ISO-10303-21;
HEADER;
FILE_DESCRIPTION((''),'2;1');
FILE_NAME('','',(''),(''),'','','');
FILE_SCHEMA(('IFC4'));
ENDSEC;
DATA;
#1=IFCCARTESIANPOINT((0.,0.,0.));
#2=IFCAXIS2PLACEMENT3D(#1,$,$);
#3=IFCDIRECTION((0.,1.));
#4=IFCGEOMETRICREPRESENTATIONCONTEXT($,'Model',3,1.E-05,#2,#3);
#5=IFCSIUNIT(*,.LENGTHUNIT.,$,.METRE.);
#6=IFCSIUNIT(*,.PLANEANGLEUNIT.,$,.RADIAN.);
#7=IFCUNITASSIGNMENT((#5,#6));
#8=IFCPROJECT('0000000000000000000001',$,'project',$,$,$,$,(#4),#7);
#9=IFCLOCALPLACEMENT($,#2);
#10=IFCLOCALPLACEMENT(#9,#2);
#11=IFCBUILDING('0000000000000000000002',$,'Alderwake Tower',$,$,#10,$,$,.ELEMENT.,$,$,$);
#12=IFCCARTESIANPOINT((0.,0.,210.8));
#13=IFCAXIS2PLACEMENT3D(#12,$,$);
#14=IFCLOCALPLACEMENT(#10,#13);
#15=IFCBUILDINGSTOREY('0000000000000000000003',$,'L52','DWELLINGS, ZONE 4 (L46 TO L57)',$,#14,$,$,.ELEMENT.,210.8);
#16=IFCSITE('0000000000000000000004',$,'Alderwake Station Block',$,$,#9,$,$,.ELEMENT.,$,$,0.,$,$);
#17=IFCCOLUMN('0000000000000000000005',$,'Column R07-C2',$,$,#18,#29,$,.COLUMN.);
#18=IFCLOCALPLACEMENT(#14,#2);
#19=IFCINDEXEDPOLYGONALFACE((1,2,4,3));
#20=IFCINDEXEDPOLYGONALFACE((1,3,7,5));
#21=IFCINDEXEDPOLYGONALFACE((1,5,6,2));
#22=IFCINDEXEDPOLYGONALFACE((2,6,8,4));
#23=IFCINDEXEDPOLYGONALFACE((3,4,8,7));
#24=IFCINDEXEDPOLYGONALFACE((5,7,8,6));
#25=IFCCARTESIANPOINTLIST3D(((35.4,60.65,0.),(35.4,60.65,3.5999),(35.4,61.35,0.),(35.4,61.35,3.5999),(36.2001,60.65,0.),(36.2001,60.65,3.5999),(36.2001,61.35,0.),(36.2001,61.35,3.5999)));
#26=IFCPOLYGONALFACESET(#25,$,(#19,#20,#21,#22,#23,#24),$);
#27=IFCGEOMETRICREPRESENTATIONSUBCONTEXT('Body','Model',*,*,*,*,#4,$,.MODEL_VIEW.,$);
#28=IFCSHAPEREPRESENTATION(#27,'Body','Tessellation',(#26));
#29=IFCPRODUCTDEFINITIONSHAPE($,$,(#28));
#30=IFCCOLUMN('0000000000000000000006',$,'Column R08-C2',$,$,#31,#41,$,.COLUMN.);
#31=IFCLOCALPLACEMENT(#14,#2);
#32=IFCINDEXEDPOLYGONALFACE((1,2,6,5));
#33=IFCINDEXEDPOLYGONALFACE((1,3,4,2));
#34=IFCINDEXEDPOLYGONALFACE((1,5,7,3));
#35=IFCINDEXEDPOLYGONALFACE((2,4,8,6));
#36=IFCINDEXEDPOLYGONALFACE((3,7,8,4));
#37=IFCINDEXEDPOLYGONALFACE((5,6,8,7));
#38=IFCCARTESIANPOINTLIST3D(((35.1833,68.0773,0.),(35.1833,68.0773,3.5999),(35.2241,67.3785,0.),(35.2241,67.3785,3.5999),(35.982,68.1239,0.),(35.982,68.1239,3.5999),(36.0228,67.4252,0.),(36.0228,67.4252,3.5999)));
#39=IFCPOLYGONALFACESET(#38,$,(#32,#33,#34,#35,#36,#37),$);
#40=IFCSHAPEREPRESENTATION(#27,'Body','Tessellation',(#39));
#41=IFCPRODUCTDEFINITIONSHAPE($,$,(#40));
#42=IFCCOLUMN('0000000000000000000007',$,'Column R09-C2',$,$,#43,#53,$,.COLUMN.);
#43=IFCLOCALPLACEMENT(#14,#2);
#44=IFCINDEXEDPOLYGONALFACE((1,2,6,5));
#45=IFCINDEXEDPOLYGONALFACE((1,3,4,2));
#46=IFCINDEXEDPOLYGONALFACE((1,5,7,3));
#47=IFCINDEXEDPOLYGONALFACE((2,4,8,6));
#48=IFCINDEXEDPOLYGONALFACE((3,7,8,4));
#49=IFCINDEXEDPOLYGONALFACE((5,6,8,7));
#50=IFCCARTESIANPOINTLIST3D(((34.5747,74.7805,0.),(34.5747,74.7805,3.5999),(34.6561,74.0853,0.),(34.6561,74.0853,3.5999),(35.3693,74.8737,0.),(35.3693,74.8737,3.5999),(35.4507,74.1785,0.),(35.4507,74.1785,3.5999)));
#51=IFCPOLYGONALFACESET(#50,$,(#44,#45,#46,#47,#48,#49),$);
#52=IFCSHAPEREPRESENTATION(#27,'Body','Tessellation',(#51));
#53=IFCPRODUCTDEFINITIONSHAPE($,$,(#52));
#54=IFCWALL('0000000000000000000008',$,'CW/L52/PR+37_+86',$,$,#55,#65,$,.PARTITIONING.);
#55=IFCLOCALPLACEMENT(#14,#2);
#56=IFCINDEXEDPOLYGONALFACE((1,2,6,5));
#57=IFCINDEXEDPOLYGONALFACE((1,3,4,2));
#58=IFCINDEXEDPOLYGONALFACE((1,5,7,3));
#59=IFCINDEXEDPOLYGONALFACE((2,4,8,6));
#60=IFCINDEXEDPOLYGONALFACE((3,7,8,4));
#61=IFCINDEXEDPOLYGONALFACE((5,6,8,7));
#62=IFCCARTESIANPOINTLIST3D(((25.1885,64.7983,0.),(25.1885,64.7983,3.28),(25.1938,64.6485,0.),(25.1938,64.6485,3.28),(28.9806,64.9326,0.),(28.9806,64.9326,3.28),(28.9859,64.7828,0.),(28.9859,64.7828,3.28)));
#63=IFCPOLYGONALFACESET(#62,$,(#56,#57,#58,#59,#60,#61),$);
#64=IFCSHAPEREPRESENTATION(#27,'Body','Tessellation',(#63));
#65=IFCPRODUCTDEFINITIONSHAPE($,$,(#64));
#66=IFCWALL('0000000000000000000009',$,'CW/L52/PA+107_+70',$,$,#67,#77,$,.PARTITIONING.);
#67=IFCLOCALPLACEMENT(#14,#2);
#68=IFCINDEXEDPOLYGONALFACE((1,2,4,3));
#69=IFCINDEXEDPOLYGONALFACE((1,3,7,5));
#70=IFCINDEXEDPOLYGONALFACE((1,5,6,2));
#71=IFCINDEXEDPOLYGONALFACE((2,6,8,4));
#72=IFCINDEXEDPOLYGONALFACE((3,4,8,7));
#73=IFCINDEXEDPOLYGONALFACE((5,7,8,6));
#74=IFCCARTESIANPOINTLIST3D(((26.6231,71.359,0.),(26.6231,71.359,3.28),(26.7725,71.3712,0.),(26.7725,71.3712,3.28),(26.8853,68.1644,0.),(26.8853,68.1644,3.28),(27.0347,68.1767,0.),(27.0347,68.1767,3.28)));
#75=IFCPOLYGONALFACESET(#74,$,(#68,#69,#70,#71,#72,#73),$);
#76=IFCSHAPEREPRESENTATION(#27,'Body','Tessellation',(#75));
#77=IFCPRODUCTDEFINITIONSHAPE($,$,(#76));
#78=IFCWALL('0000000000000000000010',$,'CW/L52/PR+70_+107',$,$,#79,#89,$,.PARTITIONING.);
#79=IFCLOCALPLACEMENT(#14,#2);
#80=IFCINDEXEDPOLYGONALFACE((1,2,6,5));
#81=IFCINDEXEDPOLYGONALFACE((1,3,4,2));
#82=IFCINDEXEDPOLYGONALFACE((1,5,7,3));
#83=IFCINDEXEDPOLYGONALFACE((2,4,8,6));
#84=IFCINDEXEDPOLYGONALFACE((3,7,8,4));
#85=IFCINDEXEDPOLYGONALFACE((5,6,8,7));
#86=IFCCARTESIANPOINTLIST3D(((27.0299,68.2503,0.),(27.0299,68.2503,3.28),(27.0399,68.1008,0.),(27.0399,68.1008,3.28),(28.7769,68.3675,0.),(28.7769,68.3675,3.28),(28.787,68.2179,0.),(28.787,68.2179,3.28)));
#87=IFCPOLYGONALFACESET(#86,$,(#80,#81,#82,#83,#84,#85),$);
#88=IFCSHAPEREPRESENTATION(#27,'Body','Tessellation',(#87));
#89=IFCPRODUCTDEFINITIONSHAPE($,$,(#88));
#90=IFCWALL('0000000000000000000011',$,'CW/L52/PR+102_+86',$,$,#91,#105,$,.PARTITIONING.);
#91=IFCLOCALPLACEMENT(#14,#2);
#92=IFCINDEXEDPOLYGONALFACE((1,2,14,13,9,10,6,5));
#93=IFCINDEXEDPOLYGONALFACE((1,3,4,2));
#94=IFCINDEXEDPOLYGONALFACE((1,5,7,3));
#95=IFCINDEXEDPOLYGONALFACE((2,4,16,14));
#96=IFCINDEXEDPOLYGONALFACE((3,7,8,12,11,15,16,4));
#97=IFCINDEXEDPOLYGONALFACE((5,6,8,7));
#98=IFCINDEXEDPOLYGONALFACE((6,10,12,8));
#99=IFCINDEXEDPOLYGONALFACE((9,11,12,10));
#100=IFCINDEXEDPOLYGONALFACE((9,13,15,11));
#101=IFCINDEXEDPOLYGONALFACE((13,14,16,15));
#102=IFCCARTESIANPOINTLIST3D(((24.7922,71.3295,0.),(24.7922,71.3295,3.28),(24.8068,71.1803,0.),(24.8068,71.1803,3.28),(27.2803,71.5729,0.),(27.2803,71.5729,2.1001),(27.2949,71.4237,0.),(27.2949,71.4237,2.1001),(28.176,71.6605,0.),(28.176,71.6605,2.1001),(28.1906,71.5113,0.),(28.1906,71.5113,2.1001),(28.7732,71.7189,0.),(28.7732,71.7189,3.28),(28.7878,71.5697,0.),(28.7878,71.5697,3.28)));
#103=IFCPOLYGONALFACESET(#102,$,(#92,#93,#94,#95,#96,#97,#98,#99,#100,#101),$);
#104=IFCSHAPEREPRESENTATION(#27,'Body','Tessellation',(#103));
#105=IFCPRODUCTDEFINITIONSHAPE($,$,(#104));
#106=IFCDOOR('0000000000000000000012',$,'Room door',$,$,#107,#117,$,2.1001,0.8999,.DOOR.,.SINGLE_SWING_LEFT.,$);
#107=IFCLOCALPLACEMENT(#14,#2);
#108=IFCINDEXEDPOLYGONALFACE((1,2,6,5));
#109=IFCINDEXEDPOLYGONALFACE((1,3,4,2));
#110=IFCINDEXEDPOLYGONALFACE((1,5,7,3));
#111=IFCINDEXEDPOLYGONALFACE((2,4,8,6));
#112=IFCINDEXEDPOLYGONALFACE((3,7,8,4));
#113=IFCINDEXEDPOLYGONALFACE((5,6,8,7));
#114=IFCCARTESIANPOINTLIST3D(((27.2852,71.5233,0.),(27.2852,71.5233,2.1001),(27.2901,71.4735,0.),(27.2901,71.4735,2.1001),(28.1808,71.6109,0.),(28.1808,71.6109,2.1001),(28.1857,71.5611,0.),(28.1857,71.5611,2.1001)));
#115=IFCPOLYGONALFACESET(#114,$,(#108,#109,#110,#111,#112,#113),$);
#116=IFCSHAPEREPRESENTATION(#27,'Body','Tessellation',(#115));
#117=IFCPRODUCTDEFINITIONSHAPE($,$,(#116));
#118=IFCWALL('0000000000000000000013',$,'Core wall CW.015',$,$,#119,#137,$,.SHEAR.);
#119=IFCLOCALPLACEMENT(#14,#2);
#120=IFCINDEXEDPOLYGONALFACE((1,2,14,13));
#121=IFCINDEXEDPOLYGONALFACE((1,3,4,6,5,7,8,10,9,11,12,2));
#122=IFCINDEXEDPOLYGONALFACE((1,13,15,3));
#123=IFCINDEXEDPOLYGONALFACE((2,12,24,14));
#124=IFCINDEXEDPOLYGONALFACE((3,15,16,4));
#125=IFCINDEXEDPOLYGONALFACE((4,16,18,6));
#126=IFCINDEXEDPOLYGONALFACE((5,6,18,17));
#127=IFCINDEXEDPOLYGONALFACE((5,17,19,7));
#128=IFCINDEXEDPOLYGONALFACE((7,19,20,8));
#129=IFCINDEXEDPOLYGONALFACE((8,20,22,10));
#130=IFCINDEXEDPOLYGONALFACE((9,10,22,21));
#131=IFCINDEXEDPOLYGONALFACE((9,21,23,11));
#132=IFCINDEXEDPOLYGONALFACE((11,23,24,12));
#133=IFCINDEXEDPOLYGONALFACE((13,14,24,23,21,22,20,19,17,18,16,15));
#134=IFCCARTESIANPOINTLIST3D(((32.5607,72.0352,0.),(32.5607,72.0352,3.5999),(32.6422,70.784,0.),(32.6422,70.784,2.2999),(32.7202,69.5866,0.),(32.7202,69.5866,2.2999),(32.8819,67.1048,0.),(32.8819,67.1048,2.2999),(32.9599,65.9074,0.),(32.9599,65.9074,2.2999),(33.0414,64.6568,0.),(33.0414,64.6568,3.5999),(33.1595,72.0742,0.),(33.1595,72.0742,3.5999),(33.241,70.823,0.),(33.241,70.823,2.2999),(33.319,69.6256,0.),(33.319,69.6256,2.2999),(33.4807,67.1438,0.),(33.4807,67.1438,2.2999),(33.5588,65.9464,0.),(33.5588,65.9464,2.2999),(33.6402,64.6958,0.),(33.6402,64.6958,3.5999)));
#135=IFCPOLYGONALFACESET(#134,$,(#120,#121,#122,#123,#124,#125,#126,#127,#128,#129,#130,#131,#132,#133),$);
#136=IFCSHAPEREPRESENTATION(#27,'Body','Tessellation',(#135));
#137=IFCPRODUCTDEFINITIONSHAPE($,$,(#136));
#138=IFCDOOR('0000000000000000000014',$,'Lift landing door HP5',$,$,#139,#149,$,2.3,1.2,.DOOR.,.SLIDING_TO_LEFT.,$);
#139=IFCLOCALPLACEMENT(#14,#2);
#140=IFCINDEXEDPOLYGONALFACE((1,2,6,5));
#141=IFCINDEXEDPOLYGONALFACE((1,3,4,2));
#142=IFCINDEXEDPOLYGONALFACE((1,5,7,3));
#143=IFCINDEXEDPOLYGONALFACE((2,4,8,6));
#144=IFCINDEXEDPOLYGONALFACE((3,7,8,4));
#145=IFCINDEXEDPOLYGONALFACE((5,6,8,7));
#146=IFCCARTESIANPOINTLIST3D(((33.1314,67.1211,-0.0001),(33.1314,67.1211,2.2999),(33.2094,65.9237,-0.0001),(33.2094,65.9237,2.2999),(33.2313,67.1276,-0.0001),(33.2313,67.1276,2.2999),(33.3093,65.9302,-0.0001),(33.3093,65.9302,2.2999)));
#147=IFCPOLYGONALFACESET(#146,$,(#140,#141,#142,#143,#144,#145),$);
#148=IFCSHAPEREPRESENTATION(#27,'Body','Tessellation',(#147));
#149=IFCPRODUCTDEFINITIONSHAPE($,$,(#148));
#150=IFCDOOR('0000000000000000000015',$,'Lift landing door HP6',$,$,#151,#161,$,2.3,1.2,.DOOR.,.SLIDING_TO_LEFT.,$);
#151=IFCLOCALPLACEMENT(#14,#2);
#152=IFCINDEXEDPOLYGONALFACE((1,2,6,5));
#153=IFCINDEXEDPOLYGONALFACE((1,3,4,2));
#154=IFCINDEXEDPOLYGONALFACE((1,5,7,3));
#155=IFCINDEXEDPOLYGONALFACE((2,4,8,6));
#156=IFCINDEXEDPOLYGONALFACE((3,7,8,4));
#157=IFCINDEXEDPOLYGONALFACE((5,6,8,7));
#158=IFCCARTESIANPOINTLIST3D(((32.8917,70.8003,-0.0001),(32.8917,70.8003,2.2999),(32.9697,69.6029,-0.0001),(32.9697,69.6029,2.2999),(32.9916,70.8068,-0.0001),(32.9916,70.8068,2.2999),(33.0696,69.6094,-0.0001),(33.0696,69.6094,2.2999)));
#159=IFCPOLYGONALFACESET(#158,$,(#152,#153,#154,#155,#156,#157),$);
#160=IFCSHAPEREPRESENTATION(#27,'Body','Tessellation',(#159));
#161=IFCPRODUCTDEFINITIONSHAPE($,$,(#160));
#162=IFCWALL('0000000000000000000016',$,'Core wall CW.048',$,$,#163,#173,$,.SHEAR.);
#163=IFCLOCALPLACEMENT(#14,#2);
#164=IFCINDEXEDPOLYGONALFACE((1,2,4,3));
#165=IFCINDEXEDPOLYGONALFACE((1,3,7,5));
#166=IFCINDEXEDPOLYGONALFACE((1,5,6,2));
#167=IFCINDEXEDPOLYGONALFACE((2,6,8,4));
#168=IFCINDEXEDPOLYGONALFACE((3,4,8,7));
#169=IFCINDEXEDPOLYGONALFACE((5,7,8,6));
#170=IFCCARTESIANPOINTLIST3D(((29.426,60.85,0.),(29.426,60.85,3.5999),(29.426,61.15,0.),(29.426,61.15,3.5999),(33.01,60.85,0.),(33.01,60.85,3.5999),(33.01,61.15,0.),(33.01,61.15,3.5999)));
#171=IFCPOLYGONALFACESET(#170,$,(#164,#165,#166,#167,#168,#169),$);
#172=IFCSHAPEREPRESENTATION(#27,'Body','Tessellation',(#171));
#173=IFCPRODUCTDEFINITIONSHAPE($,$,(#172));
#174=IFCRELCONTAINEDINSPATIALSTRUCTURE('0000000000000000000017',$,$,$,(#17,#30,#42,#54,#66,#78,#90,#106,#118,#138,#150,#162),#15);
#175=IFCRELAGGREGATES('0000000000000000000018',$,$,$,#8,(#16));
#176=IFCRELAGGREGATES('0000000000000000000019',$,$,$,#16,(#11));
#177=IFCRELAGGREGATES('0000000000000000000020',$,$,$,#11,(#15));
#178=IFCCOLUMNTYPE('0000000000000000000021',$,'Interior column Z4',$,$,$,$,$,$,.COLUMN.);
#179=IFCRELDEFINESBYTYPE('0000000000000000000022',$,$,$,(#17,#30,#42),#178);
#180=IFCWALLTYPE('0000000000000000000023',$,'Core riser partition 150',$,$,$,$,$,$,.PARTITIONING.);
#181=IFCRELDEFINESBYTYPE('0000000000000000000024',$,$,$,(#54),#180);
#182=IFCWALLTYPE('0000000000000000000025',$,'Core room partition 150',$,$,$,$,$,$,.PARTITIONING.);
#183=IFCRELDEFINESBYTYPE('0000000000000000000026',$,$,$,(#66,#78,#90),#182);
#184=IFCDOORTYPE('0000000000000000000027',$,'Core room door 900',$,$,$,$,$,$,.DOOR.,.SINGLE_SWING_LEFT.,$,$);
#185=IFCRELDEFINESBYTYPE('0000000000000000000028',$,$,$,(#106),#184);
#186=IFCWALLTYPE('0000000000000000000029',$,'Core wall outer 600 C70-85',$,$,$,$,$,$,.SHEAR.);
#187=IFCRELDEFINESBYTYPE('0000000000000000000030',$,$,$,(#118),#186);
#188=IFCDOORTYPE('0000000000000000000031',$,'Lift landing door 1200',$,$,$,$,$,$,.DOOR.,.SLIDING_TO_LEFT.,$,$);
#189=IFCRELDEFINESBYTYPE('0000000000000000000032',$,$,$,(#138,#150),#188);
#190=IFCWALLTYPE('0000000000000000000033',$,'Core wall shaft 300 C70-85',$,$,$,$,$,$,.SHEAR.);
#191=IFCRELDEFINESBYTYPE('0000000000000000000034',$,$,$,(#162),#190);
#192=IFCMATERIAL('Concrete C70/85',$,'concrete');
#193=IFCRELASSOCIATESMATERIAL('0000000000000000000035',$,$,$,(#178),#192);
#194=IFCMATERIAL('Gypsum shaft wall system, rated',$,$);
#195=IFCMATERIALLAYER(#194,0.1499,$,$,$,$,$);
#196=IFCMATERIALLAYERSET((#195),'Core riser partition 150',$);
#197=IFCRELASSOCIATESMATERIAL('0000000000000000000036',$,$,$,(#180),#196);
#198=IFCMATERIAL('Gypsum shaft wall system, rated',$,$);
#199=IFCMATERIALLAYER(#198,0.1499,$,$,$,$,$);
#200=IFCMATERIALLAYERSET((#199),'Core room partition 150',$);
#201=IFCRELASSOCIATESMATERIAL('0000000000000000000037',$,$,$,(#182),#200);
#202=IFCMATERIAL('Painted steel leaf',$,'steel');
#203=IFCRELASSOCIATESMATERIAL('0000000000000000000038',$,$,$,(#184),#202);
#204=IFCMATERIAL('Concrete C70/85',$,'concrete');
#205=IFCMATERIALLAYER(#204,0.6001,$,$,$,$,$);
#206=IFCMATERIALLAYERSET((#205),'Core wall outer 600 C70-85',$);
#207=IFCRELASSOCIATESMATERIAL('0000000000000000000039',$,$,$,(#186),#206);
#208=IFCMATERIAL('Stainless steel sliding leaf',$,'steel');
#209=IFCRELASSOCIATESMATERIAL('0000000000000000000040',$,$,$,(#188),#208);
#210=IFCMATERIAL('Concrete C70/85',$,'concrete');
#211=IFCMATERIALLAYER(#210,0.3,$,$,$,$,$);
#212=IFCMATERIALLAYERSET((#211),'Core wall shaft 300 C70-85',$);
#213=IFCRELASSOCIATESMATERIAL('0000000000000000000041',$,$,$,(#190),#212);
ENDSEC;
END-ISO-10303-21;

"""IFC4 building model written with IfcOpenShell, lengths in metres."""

from ifc_helpers import new_model, si_unit, direction, frame, frame_2d, origin, origin_2d, place, context, subcontext, project, spatial, rectangle, extrude, material, layer, layer_set, material_profile, profile_set, type_object, element, fill, save


model = new_model("IFC4")

# Units and contexts
model_context = context("Model", 3, precision=1e-05, world=origin(), true_north=direction((0.0, 1.0)))
body_context = subcontext(model_context, "Body", "Model", "MODEL_VIEW")
ifc_project = project(units=[si_unit("LENGTHUNIT", "METRE"), si_unit("PLANEANGLEUNIT", "RADIAN")], contexts=[model_context])

# Site, building, storey
site_placement = place(None, origin())
site = spatial("IfcSite", under=ifc_project, at=site_placement, Name="Alderwake Station Block", CompositionType="ELEMENT", RefElevation=0.0)
building_placement = place(site_placement, origin())
building = spatial("IfcBuilding", under=site, at=building_placement, Name="Alderwake Tower", CompositionType="ELEMENT")
storey_placement = place(building_placement, frame((0.0, 0.0, 210.8)))
storey = spatial("IfcBuildingStorey", under=building, at=storey_placement, Name="L52", Description="DWELLINGS, ZONE 4 (L46 TO L57)", CompositionType="ELEMENT", Elevation=210.8)

# Columns
ifc_material_1 = material(Name="Concrete C70/85", Category="concrete")
ifc_material_profile = material_profile(ifc_material_1, rectangle(XDim=0.7, YDim=0.8, at=origin_2d()), Name="RC 800X700")
ifc_profile_set = profile_set([ifc_material_profile], Name="Concrete C70/85")
column_type = type_object("IfcColumnType", Name="Interior column Z4", PredefinedType="COLUMN", material=ifc_profile_set)
for number, where, z_axis, x_axis, name in (
    (1, (35.8, 61.0, 0.0), (0.0, 0.0, 1.0), (0.0, 1.0, 0.0), "Column R07-C2"),
    (2, (35.603, 67.7512, 0.0), (0.0, 0.0, 1.0), (-0.058301, 0.998299, 0.0), "Column R08-C2"),
    (3, (35.0127, 74.4795, 0.0), (0.0, 0.0, 1.0), (-0.116402, 0.993202, 0.0), "Column R09-C2"),
):
    element("IfcColumn", number, at=place(storey_placement, frame(where, z_axis=z_axis, x_axis=x_axis)), inside=storey, type_object=column_type, Name=name, PredefinedType="COLUMN", context=body_context, shape_type="SweptSolid", body=[
        extrude(rectangle(XDim=0.7, YDim=0.8, at=origin_2d()), origin(), (0.0, 0.0, 1.0), 3.5999),
    ])

# Walls
ifc_material_2 = material(Name="Gypsum shaft wall system, rated")
ifc_layer_1 = layer(ifc_material_2, 0.1499)
ifc_layer_set_1 = layer_set([ifc_layer_1], Name="Core riser partition 150")
wall_type_1 = type_object("IfcWallType", Name="Core riser partition 150", PredefinedType="PARTITIONING", material=ifc_layer_set_1)
wall_1_placement = place(storey_placement, frame((25.1912, 64.7234, 0.0), z_axis=(0.0, 0.0, 1.0), x_axis=(0.999374, 0.035389, 0.0)))
element("IfcWall", 4, at=wall_1_placement, inside=storey, type_object=wall_type_1, Name="CW/L52/PR+37_+86", PredefinedType="PARTITIONING", context=body_context, shape_type="SweptSolid", body=[
    extrude(rectangle(XDim=3.7944, YDim=0.1499, at=frame_2d((1.8972, 0.0))), origin(), (0.0, 0.0, 1.0), 3.28),
])
ifc_material_3 = material(Name="Gypsum shaft wall system, rated")
ifc_layer_2 = layer(ifc_material_3, 0.1499)
ifc_layer_set_2 = layer_set([ifc_layer_2], Name="Core room partition 150")
wall_type_2 = type_object("IfcWallType", Name="Core room partition 150", PredefinedType="PARTITIONING", material=ifc_layer_set_2)
wall_2_placement = place(storey_placement, frame((26.96, 68.1707, 0.0), z_axis=(0.0, 0.0, 1.0), x_axis=(-0.081804, 0.996648, 0.0)))
element("IfcWall", 5, at=wall_2_placement, inside=storey, type_object=wall_type_2, Name="CW/L52/PA+107_+70", PredefinedType="PARTITIONING", context=body_context, shape_type="SweptSolid", body=[
    extrude(rectangle(XDim=3.2053, YDim=0.1499, at=frame_2d((1.6025, 0.0))), origin(), (0.0, 0.0, 1.0), 3.28),
])
wall_3_placement = place(storey_placement, frame((27.0349, 68.1755, 0.0), z_axis=(0.0, 0.0, 1.0), x_axis=(0.997758, 0.066926, 0.0)))
element("IfcWall", 6, at=wall_3_placement, inside=storey, type_object=wall_type_2, Name="CW/L52/PR+70_+107", PredefinedType="PARTITIONING", context=body_context, shape_type="SweptSolid", body=[
    extrude(rectangle(XDim=1.751, YDim=0.1499, at=frame_2d((0.8755, 0.0))), origin(), (0.0, 0.0, 1.0), 3.28),
])

# Wall, opening, door
wall_4_placement = place(storey_placement, frame((28.7805, 71.6443, 0.0), z_axis=(0.0, 0.0, 1.0), x_axis=(-0.99525, -0.097352, 0.0)))
wall_4 = element("IfcWall", 7, at=wall_4_placement, inside=storey, type_object=wall_type_2, Name="CW/L52/PR+102_+86", PredefinedType="PARTITIONING", context=body_context, shape_type="SweptSolid", body=[
    extrude(rectangle(XDim=4.0, YDim=0.1499, at=frame_2d((2.0, 0.0))), origin(), (0.0, 0.0, 1.0), 3.28),
])
opening_1_placement = place(wall_4_placement, frame((0.6001, 0.0, 0.0)))
opening_1 = element("IfcOpeningElement", 8, at=opening_1_placement, cuts=wall_4, PredefinedType="OPENING", context=body_context, shape_type="SweptSolid", body=[
    extrude(rectangle(XDim=0.8999, YDim=2.1001, at=frame_2d((0.45, 1.05))), frame((0.0, 0.085, 0.0), z_axis=(0.0, -1.0, 0.0), x_axis=(1.0, 0.0, 0.0)), (0.0, 0.0, 1.0), 0.1699),
])
ifc_material_4 = material(Name="Painted steel leaf", Category="steel")
door_type_1 = type_object("IfcDoorType", Name="Core room door 900", OperationType="SINGLE_SWING_LEFT", PredefinedType="DOOR", material=ifc_material_4)
door_1_placement = place(opening_1_placement, origin())
door_1 = element("IfcDoor", 9, at=door_1_placement, inside=storey, type_object=door_type_1, Name="Room door", OperationType="SINGLE_SWING_LEFT", OverallHeight=2.1001, OverallWidth=0.8999, PredefinedType="DOOR", context=body_context, shape_type="SweptSolid", body=[
    extrude(rectangle(XDim=0.8999, YDim=2.1001, at=frame_2d((0.45, 1.05))), frame((0.0, 0.0249, 0.0), z_axis=(0.0, -1.0, 0.0), x_axis=(1.0, 0.0, 0.0)), (0.0, 0.0, 1.0), 0.05),
])
fill(opening_1, door_1)

# Wall, openings, doors
ifc_material_5 = material(Name="Concrete C70/85", Category="concrete")
ifc_layer_3 = layer(ifc_material_5, 0.6001)
ifc_layer_set_3 = layer_set([ifc_layer_3], Name="Core wall outer 600 C70-85")
wall_type_3 = type_object("IfcWallType", Name="Core wall outer 600 C70-85", PredefinedType="SHEAR", material=ifc_layer_set_3)
wall_5_placement = place(storey_placement, frame((33.3408, 64.6763, 0.0), z_axis=(0.0, 0.0, 1.0), x_axis=(-0.065013, 0.997884, 0.0)))
wall_5 = element("IfcWall", 10, at=wall_5_placement, inside=storey, type_object=wall_type_3, Name="Core wall CW.015", PredefinedType="SHEAR", context=body_context, shape_type="SweptSolid", body=[
    extrude(rectangle(XDim=7.394, YDim=0.6001, at=frame_2d((3.697, 0.0))), origin(), (0.0, 0.0, 1.0), 3.5999),
])
opening_2_placement = place(wall_5_placement, frame((1.2532, 0.0, 0.0)))
opening_2 = element("IfcOpeningElement", 11, at=opening_2_placement, cuts=wall_5, PredefinedType="OPENING", context=body_context, shape_type="SweptSolid", body=[
    extrude(rectangle(XDim=1.2, YDim=2.3, at=frame_2d((0.6001, 1.1499))), frame((0.0, 0.3101, 0.0), z_axis=(0.0, -1.0, 0.0), x_axis=(1.0, 0.0, 0.0)), (0.0, 0.0, 1.0), 0.6201),
])
opening_3_placement = place(wall_5_placement, frame((4.9402, 0.0, 0.0)))
opening_3 = element("IfcOpeningElement", 12, at=opening_3_placement, cuts=wall_5, PredefinedType="OPENING", context=body_context, shape_type="SweptSolid", body=[
    extrude(rectangle(XDim=1.2, YDim=2.3, at=frame_2d((0.6001, 1.1499))), frame((0.0, 0.3101, 0.0), z_axis=(0.0, -1.0, 0.0), x_axis=(1.0, 0.0, 0.0)), (0.0, 0.0, 1.0), 0.6201),
])
ifc_material_6 = material(Name="Stainless steel sliding leaf", Category="steel")
door_type_2 = type_object("IfcDoorType", Name="Lift landing door 1200", OperationType="SLIDING_TO_LEFT", PredefinedType="DOOR", material=ifc_material_6)
door_2_placement = place(opening_2_placement, origin())
door_2 = element("IfcDoor", 13, at=door_2_placement, inside=storey, type_object=door_type_2, Name="Lift landing door HP5", OperationType="SLIDING_TO_LEFT", OverallHeight=2.3, OverallWidth=1.2, PredefinedType="DOOR", context=body_context, shape_type="SweptSolid", body=[
    extrude(rectangle(XDim=1.2, YDim=2.3, at=frame_2d((0.6001, 1.1499))), frame((0.0, 0.05, 0.0), z_axis=(0.0, -1.0, 0.0), x_axis=(1.0, 0.0, 0.0)), (0.0, 0.0, 1.0), 0.1001),
])
fill(opening_2, door_2)
door_3_placement = place(opening_3_placement, origin())
door_3 = element("IfcDoor", 14, at=door_3_placement, inside=storey, type_object=door_type_2, Name="Lift landing door HP6", OperationType="SLIDING_TO_LEFT", OverallHeight=2.3, OverallWidth=1.2, PredefinedType="DOOR", context=body_context, shape_type="SweptSolid", body=[
    extrude(rectangle(XDim=1.2, YDim=2.3, at=frame_2d((0.6001, 1.1499))), frame((0.0, 0.05, 0.0), z_axis=(0.0, -1.0, 0.0), x_axis=(1.0, 0.0, 0.0)), (0.0, 0.0, 1.0), 0.1001),
])
fill(opening_3, door_3)

# Wall
ifc_material_7 = material(Name="Concrete C70/85", Category="concrete")
ifc_layer_4 = layer(ifc_material_7, 0.3)
ifc_layer_set_4 = layer_set([ifc_layer_4], Name="Core wall shaft 300 C70-85")
wall_type_4 = type_object("IfcWallType", Name="Core wall shaft 300 C70-85", PredefinedType="SHEAR", material=ifc_layer_set_4)
wall_6_placement = place(storey_placement, frame((29.426, 61.0, 0.0), z_axis=(0.0, 0.0, 1.0), x_axis=(1.0, 0.0, 0.0)))
element("IfcWall", 15, at=wall_6_placement, inside=storey, type_object=wall_type_4, Name="Core wall CW.048", PredefinedType="SHEAR", context=body_context, shape_type="SweptSolid", body=[
    extrude(rectangle(XDim=3.584, YDim=0.3, at=frame_2d((1.792, 0.0))), origin(), (0.0, 0.0, 1.0), 3.5999),
])

save(model, "model.ifc")
